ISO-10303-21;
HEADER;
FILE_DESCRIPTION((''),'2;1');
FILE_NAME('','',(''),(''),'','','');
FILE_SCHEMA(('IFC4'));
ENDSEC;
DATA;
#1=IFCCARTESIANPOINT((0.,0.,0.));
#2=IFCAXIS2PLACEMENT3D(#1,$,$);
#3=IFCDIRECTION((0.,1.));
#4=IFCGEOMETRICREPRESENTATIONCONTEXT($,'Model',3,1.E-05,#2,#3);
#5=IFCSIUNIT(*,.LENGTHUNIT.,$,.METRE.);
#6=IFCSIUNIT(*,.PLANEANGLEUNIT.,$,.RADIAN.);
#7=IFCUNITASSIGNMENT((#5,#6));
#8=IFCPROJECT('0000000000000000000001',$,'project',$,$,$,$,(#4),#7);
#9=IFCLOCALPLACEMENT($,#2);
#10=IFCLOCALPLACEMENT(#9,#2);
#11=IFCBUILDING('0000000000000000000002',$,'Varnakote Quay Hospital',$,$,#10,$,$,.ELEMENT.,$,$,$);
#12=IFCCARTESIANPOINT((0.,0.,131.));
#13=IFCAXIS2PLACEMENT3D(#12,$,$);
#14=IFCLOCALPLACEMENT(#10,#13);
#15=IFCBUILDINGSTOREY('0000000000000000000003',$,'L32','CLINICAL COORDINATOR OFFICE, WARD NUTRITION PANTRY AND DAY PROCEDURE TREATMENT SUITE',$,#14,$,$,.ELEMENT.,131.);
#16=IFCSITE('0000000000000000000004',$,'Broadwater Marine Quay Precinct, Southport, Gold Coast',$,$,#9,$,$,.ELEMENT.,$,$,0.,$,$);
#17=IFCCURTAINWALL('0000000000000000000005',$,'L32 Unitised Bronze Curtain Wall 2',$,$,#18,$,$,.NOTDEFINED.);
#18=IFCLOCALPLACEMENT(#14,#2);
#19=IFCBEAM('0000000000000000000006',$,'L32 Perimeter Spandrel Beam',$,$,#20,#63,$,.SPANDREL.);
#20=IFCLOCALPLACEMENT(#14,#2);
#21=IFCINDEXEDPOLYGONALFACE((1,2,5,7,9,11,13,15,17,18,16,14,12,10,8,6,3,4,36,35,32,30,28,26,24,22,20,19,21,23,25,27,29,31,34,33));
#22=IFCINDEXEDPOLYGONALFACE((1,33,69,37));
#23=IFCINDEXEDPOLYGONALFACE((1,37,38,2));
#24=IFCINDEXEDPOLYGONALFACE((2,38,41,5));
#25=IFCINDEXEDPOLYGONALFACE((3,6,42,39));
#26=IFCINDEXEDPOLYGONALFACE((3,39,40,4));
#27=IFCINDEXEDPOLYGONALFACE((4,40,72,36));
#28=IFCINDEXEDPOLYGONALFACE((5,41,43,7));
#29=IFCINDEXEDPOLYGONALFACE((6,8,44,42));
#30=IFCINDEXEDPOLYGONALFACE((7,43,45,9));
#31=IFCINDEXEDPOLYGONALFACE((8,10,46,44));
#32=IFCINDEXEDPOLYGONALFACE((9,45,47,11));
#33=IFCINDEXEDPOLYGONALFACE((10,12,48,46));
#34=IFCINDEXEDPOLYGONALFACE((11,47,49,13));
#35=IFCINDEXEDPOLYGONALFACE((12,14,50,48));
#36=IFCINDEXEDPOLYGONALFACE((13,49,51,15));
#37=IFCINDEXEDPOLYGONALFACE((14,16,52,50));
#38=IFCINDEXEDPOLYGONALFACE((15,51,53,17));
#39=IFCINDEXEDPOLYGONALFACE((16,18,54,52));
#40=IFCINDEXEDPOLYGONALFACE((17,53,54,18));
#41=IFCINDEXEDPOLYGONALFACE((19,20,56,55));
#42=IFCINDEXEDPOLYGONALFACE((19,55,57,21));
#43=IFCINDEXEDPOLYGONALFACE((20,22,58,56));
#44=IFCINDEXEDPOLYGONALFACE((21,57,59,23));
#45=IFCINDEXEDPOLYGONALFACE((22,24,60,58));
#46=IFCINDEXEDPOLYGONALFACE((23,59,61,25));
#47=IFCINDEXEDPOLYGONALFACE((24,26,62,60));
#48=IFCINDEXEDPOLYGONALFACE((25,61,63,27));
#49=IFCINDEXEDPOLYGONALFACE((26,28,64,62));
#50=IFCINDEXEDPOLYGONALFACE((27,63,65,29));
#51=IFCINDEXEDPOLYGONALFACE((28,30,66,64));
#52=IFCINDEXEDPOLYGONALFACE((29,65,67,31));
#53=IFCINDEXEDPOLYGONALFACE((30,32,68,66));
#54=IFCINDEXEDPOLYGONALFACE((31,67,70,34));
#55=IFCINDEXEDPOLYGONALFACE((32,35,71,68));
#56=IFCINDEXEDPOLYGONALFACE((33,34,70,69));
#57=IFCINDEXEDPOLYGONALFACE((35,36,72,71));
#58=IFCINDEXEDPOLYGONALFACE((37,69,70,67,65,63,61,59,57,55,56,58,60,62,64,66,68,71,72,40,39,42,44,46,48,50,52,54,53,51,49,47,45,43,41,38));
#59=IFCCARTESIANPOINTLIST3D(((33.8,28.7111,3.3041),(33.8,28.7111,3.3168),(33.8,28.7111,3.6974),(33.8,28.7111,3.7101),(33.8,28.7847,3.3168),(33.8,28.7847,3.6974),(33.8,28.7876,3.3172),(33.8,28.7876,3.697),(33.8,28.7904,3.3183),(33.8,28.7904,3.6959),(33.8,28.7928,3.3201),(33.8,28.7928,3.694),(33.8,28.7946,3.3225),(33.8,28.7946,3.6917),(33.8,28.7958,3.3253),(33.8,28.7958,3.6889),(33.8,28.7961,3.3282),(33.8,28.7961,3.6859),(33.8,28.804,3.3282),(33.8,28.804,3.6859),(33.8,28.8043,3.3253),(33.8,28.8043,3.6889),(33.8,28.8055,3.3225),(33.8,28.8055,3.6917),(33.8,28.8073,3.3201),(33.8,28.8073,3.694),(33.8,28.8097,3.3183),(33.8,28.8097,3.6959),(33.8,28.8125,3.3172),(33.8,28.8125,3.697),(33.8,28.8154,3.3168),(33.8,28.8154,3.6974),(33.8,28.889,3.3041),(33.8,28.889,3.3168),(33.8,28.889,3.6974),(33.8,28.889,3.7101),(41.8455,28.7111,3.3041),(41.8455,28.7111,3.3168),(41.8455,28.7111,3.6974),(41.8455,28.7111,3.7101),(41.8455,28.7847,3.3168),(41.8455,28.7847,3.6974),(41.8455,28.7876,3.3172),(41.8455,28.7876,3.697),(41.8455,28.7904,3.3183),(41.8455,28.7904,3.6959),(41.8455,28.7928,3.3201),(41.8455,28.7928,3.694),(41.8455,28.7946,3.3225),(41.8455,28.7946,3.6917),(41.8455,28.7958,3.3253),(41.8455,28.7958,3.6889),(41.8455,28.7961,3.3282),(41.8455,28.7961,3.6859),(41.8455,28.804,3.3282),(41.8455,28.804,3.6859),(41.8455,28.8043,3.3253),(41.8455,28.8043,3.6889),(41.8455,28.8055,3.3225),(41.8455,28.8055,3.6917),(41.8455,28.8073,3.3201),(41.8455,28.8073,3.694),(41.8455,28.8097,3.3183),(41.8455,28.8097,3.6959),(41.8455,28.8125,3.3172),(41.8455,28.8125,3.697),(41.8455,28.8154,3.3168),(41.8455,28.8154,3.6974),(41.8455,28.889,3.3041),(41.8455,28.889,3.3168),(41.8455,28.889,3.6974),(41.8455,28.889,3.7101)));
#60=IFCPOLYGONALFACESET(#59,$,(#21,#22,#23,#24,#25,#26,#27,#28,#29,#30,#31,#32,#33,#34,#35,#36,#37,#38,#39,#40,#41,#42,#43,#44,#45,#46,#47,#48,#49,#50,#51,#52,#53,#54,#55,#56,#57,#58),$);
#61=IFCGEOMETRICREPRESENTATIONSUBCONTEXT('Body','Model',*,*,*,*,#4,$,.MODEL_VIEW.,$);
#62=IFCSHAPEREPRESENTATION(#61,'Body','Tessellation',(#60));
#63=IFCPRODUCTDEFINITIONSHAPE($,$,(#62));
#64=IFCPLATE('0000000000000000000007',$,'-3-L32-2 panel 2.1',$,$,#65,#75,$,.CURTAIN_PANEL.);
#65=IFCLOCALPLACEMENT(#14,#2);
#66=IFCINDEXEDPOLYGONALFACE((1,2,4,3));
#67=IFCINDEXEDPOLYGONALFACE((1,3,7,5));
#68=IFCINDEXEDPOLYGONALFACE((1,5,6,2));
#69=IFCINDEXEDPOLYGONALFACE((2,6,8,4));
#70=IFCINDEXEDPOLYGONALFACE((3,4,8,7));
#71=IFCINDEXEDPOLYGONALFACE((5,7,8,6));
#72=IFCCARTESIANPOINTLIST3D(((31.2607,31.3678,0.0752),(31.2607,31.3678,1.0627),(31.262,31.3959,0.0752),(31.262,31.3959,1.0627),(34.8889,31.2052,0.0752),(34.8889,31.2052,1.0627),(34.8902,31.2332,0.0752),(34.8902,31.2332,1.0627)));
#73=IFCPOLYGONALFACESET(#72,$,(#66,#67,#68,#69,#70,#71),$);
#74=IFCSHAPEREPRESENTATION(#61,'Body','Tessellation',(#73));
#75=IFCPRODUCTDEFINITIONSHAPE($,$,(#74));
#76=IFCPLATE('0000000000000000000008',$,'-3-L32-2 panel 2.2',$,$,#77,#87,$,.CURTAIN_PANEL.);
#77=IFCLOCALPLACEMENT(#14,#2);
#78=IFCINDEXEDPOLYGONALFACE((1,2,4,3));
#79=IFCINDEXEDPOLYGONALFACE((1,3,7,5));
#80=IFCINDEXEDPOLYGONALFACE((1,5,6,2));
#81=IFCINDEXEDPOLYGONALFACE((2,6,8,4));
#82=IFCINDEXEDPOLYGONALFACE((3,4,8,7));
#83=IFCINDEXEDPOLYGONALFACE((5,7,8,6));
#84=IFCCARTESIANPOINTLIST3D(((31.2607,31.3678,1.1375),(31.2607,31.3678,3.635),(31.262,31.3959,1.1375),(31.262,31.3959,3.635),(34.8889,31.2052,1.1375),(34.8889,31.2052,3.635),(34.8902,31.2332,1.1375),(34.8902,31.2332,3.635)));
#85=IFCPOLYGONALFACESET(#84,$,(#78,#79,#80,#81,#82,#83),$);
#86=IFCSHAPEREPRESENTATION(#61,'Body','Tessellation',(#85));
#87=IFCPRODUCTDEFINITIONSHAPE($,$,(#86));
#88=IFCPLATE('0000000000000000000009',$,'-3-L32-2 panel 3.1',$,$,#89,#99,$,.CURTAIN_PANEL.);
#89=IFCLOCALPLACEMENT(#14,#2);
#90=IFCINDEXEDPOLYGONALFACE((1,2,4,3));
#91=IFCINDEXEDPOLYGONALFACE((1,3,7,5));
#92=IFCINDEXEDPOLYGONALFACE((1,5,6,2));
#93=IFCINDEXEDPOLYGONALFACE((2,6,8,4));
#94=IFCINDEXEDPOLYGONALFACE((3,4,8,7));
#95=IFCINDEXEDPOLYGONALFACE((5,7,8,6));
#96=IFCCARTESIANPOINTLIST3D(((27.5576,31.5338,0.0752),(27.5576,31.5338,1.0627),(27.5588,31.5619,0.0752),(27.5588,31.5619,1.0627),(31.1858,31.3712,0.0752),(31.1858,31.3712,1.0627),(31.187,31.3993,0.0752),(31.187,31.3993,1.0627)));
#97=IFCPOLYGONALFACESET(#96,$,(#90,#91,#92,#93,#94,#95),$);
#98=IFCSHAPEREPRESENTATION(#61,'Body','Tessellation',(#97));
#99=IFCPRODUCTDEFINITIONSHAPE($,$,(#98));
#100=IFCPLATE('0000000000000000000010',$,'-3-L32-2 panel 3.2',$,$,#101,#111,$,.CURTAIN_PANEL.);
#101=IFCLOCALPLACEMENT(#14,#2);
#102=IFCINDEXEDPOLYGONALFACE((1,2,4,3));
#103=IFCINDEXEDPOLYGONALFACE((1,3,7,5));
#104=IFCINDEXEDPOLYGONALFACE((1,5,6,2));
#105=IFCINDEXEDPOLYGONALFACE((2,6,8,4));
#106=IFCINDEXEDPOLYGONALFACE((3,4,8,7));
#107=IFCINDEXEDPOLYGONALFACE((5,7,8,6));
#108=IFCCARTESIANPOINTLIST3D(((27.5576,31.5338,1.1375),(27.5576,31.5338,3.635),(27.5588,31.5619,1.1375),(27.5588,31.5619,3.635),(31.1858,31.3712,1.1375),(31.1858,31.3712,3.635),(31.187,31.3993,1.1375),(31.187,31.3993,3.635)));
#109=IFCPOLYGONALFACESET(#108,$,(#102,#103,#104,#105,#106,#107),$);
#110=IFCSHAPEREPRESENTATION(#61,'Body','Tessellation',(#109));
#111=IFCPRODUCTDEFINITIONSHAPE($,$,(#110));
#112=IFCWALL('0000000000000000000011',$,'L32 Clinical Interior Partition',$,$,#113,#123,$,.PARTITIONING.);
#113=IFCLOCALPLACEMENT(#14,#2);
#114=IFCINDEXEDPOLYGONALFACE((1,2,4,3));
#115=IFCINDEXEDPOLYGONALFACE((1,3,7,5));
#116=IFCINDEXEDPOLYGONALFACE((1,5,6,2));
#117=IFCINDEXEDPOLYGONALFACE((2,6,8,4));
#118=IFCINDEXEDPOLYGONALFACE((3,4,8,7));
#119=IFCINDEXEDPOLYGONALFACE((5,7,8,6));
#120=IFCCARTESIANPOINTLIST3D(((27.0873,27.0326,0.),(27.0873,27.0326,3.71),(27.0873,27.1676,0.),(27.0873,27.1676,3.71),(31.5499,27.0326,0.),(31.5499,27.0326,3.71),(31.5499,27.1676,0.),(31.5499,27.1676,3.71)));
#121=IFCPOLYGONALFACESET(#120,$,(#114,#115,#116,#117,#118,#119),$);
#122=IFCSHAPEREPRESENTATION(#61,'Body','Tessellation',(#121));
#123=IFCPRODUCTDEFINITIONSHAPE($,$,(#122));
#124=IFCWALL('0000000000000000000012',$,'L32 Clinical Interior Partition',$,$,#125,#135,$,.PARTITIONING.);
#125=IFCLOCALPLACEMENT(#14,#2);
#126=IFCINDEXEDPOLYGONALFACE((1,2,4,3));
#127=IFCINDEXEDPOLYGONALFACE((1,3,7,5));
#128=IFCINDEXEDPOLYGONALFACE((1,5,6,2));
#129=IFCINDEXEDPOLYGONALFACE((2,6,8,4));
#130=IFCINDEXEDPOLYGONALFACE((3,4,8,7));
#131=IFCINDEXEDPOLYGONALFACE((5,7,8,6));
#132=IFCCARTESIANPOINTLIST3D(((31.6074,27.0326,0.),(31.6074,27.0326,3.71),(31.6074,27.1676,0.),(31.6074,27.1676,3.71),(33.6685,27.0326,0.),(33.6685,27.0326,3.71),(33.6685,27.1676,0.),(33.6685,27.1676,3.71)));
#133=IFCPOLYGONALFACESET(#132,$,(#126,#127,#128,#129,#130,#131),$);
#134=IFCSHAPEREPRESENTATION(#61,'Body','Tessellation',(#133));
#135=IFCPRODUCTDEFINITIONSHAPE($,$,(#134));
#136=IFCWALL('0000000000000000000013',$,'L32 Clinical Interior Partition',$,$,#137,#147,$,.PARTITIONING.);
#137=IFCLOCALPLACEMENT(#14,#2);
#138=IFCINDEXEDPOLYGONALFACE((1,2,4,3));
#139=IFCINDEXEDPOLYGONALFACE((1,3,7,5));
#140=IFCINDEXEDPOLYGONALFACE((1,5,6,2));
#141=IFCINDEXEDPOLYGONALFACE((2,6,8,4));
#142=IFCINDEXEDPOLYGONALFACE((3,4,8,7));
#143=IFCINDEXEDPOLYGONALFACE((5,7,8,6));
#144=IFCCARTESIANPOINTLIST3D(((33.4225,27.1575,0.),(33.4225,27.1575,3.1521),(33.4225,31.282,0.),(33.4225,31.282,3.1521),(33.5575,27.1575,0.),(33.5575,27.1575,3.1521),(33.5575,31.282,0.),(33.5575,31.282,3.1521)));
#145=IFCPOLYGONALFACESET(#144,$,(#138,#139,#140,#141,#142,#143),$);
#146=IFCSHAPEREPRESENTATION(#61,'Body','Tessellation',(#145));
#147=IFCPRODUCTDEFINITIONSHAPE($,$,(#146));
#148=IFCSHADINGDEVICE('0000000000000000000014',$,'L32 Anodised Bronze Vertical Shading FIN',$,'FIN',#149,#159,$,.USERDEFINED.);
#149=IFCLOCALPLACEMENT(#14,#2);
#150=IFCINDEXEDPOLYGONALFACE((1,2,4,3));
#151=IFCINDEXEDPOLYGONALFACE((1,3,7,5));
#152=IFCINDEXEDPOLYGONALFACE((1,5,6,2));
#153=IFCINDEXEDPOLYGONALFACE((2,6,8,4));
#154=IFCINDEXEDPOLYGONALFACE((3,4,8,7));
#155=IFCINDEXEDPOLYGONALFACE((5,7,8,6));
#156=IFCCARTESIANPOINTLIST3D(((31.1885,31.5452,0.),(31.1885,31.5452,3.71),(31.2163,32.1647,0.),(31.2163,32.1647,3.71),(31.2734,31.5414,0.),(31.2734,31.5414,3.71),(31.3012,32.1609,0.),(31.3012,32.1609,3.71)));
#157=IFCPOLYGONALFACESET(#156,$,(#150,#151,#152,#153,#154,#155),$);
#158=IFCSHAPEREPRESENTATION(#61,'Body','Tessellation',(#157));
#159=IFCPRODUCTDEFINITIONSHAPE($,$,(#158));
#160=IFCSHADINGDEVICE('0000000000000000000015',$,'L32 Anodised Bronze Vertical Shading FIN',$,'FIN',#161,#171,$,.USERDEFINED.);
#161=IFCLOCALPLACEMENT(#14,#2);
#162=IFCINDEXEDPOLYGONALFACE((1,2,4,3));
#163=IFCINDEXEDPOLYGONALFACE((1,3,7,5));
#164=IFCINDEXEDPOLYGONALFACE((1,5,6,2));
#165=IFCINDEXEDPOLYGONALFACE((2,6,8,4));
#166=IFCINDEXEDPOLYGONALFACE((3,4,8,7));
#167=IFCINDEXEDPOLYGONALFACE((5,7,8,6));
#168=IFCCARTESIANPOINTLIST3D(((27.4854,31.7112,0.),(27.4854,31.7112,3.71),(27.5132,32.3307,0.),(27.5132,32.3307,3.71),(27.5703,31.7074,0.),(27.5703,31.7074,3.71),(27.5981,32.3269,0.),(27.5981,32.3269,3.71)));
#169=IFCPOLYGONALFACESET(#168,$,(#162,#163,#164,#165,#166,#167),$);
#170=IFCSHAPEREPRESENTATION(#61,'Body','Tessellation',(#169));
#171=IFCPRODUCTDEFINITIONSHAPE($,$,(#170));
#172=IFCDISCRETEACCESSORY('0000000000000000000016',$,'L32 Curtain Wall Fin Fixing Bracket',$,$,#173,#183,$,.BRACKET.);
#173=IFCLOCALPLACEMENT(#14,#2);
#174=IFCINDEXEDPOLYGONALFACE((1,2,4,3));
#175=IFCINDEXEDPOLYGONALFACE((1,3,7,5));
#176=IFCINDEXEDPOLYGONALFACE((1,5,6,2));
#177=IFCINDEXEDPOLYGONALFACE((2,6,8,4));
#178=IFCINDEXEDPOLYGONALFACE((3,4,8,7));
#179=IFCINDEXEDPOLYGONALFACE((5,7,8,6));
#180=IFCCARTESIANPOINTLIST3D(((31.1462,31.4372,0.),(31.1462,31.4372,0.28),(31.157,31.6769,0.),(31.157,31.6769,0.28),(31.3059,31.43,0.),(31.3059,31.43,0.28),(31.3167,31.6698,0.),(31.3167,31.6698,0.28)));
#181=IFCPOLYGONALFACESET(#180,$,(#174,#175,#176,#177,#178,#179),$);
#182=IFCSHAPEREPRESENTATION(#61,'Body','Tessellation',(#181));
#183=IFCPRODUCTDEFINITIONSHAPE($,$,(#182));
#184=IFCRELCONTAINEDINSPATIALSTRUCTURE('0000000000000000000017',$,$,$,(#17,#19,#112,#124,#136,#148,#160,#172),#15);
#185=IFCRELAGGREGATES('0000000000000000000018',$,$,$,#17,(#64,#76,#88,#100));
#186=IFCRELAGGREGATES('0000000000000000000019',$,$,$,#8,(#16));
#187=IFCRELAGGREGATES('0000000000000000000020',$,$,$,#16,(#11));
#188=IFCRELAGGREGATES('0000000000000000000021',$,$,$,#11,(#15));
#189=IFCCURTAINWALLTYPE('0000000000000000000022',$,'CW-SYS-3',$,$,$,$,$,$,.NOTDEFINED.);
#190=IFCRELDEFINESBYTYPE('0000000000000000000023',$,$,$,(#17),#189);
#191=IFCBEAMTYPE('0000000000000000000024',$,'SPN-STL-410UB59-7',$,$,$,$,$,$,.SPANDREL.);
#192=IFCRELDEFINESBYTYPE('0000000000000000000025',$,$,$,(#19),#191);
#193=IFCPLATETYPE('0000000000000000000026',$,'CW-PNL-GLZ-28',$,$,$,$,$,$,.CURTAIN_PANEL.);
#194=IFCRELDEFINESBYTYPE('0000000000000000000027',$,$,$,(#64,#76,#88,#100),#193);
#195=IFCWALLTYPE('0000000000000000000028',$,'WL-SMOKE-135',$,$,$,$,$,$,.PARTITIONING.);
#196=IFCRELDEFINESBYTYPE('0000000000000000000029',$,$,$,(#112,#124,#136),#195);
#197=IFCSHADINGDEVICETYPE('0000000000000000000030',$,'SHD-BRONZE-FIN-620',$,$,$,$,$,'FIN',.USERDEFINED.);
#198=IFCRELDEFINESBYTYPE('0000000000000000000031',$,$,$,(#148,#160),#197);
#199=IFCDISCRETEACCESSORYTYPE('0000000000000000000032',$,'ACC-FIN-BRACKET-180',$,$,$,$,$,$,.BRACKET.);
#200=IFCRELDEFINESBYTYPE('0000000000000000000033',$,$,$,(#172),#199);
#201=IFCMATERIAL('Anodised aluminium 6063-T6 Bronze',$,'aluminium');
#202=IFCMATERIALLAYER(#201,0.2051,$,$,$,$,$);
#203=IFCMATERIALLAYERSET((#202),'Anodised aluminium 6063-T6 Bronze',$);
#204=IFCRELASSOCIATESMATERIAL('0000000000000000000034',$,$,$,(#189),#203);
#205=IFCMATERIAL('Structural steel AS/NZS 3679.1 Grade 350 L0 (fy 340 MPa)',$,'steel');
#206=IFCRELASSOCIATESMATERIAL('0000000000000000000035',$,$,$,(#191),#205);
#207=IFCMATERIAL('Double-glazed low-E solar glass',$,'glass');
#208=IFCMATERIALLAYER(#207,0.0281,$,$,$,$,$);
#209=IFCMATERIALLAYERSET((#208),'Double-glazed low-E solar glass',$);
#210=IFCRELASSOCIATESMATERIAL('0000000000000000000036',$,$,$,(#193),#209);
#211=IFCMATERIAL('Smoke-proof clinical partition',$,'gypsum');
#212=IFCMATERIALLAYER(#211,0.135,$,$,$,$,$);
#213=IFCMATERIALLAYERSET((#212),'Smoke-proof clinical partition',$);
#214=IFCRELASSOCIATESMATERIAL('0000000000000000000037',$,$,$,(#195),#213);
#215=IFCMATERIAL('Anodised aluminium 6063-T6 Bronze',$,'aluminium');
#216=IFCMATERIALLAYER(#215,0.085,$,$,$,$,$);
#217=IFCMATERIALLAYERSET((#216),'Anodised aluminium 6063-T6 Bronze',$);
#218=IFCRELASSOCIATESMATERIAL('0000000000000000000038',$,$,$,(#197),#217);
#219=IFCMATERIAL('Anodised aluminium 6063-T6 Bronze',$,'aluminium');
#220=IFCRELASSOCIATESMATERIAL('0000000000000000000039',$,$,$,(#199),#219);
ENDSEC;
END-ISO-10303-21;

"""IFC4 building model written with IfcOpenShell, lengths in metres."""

from ifc_helpers import new_model, si_unit, direction, frame, frame_2d, origin, origin_2d, place, context, subcontext, project, spatial, rectangle, i_section, extrude, material, layer, layer_set, material_profile, profile_set, type_object, element, aggregate, save


model = new_model("IFC4")

# Units and contexts
model_context = context("Model", 3, precision=1e-05, world=origin(), true_north=direction((0.0, 1.0)))
body_context = subcontext(model_context, "Body", "Model", "MODEL_VIEW")
ifc_project = project(units=[si_unit("LENGTHUNIT", "METRE"), si_unit("PLANEANGLEUNIT", "RADIAN")], contexts=[model_context])

# Site, building, storey
site_placement = place(None, origin())
site = spatial("IfcSite", under=ifc_project, at=site_placement, Name="Broadwater Marine Quay Precinct, Southport, Gold Coast", CompositionType="ELEMENT", RefElevation=0.0)
building_placement = place(site_placement, origin())
building = spatial("IfcBuilding", under=site, at=building_placement, Name="Varnakote Quay Hospital", CompositionType="ELEMENT")
storey_placement = place(building_placement, frame((0.0, 0.0, 131.0)))
storey = spatial("IfcBuildingStorey", under=building, at=storey_placement, Name="L32", Description="CLINICAL COORDINATOR OFFICE, WARD NUTRITION PANTRY AND DAY PROCEDURE TREATMENT SUITE", CompositionType="ELEMENT", Elevation=131.0)

# Curtain wall
ifc_material_1 = material(Name="Anodised aluminium 6063-T6 Bronze", Category="aluminium")
ifc_layer_1 = layer(ifc_material_1, 0.2051)
ifc_layer_set_1 = layer_set([ifc_layer_1], Name="Anodised aluminium 6063-T6 Bronze")
curtain_wall_type = type_object("IfcCurtainWallType", Name="CW-SYS-3", PredefinedType="NOTDEFINED", material=ifc_layer_set_1)
curtain_wall_placement = place(storey_placement, origin())
curtain_wall = element("IfcCurtainWall", 1, at=curtain_wall_placement, inside=storey, type_object=curtain_wall_type, Name="L32 Unitised Bronze Curtain Wall 2", PredefinedType="NOTDEFINED")

# Beam
ifc_material_2 = material(Name="Structural steel AS/NZS 3679.1 Grade 350 L0 (fy 340 MPa)", Category="steel")
ifc_material_profile_1 = material_profile(ifc_material_2, i_section(OverallWidth=0.178, OverallDepth=0.406, WebThickness=0.0078, FlangeThickness=0.0127, FilletRadius=0.0115, at=origin_2d()), Name="410UB59.7")
ifc_profile_set_1 = profile_set([ifc_material_profile_1], Name="Structural steel AS/NZS 3679.1 Grade 350 L0 (fy 340 MPa)")
beam_type_1 = type_object("IfcBeamType", Name="SPN-STL-410UB59-7", PredefinedType="SPANDREL", material=ifc_profile_set_1)
beam_1_placement = place(storey_placement, frame((33.8, 28.8, 3.5071), z_axis=(1.0, 0.0, 0.0), x_axis=(0.0, 1.0, 0.0)))
element("IfcBeam", 2, at=beam_1_placement, inside=storey, type_object=beam_type_1, Name="L32 Perimeter Spandrel Beam", PredefinedType="SPANDREL", context=body_context, shape_type="SweptSolid", body=[
    extrude(i_section(OverallWidth=0.178, OverallDepth=0.406, WebThickness=0.0078, FlangeThickness=0.0127, FilletRadius=0.0115, at=origin_2d()), origin(), (0.0, 0.0, 1.0), 8.0454),
])

# Plates
ifc_material_3 = material(Name="Double-glazed low-E solar glass", Category="glass")
ifc_layer_2 = layer(ifc_material_3, 0.0281)
ifc_layer_set_2 = layer_set([ifc_layer_2], Name="Double-glazed low-E solar glass")
plate_type = type_object("IfcPlateType", Name="CW-PNL-GLZ-28", PredefinedType="CURTAIN_PANEL", material=ifc_layer_set_2)
plate_1_placement = place(storey_placement, frame((33.0754, 31.3005, 0.0752), z_axis=(0.0, 0.0, 1.0), x_axis=(-0.998997, 0.044782, 0.0)))
plate_1 = element("IfcPlate", 3, at=plate_1_placement, type_object=plate_type, Name="-3-L32-2 panel 2.1", PredefinedType="CURTAIN_PANEL", context=body_context, shape_type="SweptSolid", body=[
    extrude(rectangle(XDim=3.6318, YDim=0.0281, at=origin_2d()), origin(), (0.0, 0.0, 1.0), 0.9875),
])
plate_2_placement = place(storey_placement, frame((33.0754, 31.3005, 1.1375), z_axis=(0.0, 0.0, 1.0), x_axis=(-0.998997, 0.044782, 0.0)))
plate_2 = element("IfcPlate", 4, at=plate_2_placement, type_object=plate_type, Name="-3-L32-2 panel 2.2", PredefinedType="CURTAIN_PANEL", context=body_context, shape_type="SweptSolid", body=[
    extrude(rectangle(XDim=3.6318, YDim=0.0281, at=origin_2d()), origin(), (0.0, 0.0, 1.0), 2.4976),
])
plate_3_placement = place(storey_placement, frame((29.3723, 31.4666, 0.0752), z_axis=(0.0, 0.0, 1.0), x_axis=(-0.998997, 0.044782, 0.0)))
plate_3 = element("IfcPlate", 5, at=plate_3_placement, type_object=plate_type, Name="-3-L32-2 panel 3.1", PredefinedType="CURTAIN_PANEL", context=body_context, shape_type="SweptSolid", body=[
    extrude(rectangle(XDim=3.6318, YDim=0.0281, at=origin_2d()), origin(), (0.0, 0.0, 1.0), 0.9875),
])
plate_4_placement = place(storey_placement, frame((29.3723, 31.4666, 1.1375), z_axis=(0.0, 0.0, 1.0), x_axis=(-0.998997, 0.044782, 0.0)))
plate_4 = element("IfcPlate", 6, at=plate_4_placement, type_object=plate_type, Name="-3-L32-2 panel 3.2", PredefinedType="CURTAIN_PANEL", context=body_context, shape_type="SweptSolid", body=[
    extrude(rectangle(XDim=3.6318, YDim=0.0281, at=origin_2d()), origin(), (0.0, 0.0, 1.0), 2.4976),
])
aggregate(curtain_wall, [plate_1, plate_2, plate_3, plate_4])

# Walls
ifc_material_4 = material(Name="Smoke-proof clinical partition", Category="gypsum")
ifc_layer_3 = layer(ifc_material_4, 0.135)
ifc_layer_set_3 = layer_set([ifc_layer_3], Name="Smoke-proof clinical partition")
wall_type = type_object("IfcWallType", Name="WL-SMOKE-135", PredefinedType="PARTITIONING", material=ifc_layer_set_3)
wall_1_placement = place(storey_placement, frame((31.55, 27.1001, 0.0), z_axis=(0.0, 0.0, 1.0), x_axis=(-1.0, 0.0, 0.0)))
element("IfcWall", 7, at=wall_1_placement, inside=storey, type_object=wall_type, Name="L32 Clinical Interior Partition", PredefinedType="PARTITIONING", context=body_context, shape_type="SweptSolid", body=[
    extrude(rectangle(XDim=4.4626, YDim=0.135, at=frame_2d((2.2314, 0.0))), origin(), (0.0, 0.0, 1.0), 3.71),
])
wall_2_placement = place(storey_placement, frame((33.6685, 27.1001, 0.0), z_axis=(0.0, 0.0, 1.0), x_axis=(-1.0, 0.0, 0.0)))
element("IfcWall", 8, at=wall_2_placement, inside=storey, type_object=wall_type, Name="L32 Clinical Interior Partition", PredefinedType="PARTITIONING", context=body_context, shape_type="SweptSolid", body=[
    extrude(rectangle(XDim=2.061, YDim=0.135, at=frame_2d((1.0305, 0.0))), origin(), (0.0, 0.0, 1.0), 3.71),
])
wall_3_placement = place(storey_placement, frame((33.49, 27.1575, 0.0), z_axis=(0.0, 0.0, 1.0), x_axis=(0.0, 1.0, 0.0)))
element("IfcWall", 9, at=wall_3_placement, inside=storey, type_object=wall_type, Name="L32 Clinical Interior Partition", PredefinedType="PARTITIONING", context=body_context, shape_type="SweptSolid", body=[
    extrude(rectangle(XDim=4.1245, YDim=0.135, at=frame_2d((2.0623, 0.0))), origin(), (0.0, 0.0, 1.0), 3.1521),
])

# Shading devices
ifc_material_5 = material(Name="Anodised aluminium 6063-T6 Bronze", Category="aluminium")
ifc_layer_4 = layer(ifc_material_5, 0.085)
ifc_layer_set_4 = layer_set([ifc_layer_4], Name="Anodised aluminium 6063-T6 Bronze")
shading_device_type = type_object("IfcShadingDeviceType", Name="SHD-BRONZE-FIN-620", ElementType="FIN", PredefinedType="USERDEFINED", material=ifc_layer_set_4)
for number, where, z_axis, x_axis, name in (
    (10, (31.2449, 31.853, 0.0), (0.0, 0.0, 1.0), (-0.04484, -0.998994, 0.0), "L32 Anodised Bronze Vertical Shading FIN"),
    (11, (27.5417, 32.019, 0.0), (0.0, 0.0, 1.0), (-0.04484, -0.998994, 0.0), "L32 Anodised Bronze Vertical Shading FIN"),
):
    element("IfcShadingDevice", number, at=place(storey_placement, frame(where, z_axis=z_axis, x_axis=x_axis)), inside=storey, type_object=shading_device_type, Name=name, ObjectType="FIN", PredefinedType="USERDEFINED", context=body_context, shape_type="SweptSolid", body=[
        extrude(rectangle(XDim=0.6201, YDim=0.085, at=origin_2d()), origin(), (0.0, 0.0, 1.0), 3.71),
    ])

# Discrete accessory
ifc_material_6 = material(Name="Anodised aluminium 6063-T6 Bronze", Category="aluminium")
discrete_accessory_type = type_object("IfcDiscreteAccessoryType", Name="ACC-FIN-BRACKET-180", PredefinedType="BRACKET", material=ifc_material_6)
discrete_accessory_placement = place(storey_placement, frame((31.2314, 31.5535, 0.0), z_axis=(0.0, 0.0, 1.0), x_axis=(-0.998994, 0.04484, 0.0)))
element("IfcDiscreteAccessory", 12, at=discrete_accessory_placement, inside=storey, type_object=discrete_accessory_type, Name="L32 Curtain Wall Fin Fixing Bracket", PredefinedType="BRACKET", context=body_context, shape_type="SweptSolid", body=[
    extrude(rectangle(XDim=0.1599, YDim=0.24, at=origin_2d()), origin(), (0.0, 0.0, 1.0), 0.28),
])

save(model, "model.ifc")
